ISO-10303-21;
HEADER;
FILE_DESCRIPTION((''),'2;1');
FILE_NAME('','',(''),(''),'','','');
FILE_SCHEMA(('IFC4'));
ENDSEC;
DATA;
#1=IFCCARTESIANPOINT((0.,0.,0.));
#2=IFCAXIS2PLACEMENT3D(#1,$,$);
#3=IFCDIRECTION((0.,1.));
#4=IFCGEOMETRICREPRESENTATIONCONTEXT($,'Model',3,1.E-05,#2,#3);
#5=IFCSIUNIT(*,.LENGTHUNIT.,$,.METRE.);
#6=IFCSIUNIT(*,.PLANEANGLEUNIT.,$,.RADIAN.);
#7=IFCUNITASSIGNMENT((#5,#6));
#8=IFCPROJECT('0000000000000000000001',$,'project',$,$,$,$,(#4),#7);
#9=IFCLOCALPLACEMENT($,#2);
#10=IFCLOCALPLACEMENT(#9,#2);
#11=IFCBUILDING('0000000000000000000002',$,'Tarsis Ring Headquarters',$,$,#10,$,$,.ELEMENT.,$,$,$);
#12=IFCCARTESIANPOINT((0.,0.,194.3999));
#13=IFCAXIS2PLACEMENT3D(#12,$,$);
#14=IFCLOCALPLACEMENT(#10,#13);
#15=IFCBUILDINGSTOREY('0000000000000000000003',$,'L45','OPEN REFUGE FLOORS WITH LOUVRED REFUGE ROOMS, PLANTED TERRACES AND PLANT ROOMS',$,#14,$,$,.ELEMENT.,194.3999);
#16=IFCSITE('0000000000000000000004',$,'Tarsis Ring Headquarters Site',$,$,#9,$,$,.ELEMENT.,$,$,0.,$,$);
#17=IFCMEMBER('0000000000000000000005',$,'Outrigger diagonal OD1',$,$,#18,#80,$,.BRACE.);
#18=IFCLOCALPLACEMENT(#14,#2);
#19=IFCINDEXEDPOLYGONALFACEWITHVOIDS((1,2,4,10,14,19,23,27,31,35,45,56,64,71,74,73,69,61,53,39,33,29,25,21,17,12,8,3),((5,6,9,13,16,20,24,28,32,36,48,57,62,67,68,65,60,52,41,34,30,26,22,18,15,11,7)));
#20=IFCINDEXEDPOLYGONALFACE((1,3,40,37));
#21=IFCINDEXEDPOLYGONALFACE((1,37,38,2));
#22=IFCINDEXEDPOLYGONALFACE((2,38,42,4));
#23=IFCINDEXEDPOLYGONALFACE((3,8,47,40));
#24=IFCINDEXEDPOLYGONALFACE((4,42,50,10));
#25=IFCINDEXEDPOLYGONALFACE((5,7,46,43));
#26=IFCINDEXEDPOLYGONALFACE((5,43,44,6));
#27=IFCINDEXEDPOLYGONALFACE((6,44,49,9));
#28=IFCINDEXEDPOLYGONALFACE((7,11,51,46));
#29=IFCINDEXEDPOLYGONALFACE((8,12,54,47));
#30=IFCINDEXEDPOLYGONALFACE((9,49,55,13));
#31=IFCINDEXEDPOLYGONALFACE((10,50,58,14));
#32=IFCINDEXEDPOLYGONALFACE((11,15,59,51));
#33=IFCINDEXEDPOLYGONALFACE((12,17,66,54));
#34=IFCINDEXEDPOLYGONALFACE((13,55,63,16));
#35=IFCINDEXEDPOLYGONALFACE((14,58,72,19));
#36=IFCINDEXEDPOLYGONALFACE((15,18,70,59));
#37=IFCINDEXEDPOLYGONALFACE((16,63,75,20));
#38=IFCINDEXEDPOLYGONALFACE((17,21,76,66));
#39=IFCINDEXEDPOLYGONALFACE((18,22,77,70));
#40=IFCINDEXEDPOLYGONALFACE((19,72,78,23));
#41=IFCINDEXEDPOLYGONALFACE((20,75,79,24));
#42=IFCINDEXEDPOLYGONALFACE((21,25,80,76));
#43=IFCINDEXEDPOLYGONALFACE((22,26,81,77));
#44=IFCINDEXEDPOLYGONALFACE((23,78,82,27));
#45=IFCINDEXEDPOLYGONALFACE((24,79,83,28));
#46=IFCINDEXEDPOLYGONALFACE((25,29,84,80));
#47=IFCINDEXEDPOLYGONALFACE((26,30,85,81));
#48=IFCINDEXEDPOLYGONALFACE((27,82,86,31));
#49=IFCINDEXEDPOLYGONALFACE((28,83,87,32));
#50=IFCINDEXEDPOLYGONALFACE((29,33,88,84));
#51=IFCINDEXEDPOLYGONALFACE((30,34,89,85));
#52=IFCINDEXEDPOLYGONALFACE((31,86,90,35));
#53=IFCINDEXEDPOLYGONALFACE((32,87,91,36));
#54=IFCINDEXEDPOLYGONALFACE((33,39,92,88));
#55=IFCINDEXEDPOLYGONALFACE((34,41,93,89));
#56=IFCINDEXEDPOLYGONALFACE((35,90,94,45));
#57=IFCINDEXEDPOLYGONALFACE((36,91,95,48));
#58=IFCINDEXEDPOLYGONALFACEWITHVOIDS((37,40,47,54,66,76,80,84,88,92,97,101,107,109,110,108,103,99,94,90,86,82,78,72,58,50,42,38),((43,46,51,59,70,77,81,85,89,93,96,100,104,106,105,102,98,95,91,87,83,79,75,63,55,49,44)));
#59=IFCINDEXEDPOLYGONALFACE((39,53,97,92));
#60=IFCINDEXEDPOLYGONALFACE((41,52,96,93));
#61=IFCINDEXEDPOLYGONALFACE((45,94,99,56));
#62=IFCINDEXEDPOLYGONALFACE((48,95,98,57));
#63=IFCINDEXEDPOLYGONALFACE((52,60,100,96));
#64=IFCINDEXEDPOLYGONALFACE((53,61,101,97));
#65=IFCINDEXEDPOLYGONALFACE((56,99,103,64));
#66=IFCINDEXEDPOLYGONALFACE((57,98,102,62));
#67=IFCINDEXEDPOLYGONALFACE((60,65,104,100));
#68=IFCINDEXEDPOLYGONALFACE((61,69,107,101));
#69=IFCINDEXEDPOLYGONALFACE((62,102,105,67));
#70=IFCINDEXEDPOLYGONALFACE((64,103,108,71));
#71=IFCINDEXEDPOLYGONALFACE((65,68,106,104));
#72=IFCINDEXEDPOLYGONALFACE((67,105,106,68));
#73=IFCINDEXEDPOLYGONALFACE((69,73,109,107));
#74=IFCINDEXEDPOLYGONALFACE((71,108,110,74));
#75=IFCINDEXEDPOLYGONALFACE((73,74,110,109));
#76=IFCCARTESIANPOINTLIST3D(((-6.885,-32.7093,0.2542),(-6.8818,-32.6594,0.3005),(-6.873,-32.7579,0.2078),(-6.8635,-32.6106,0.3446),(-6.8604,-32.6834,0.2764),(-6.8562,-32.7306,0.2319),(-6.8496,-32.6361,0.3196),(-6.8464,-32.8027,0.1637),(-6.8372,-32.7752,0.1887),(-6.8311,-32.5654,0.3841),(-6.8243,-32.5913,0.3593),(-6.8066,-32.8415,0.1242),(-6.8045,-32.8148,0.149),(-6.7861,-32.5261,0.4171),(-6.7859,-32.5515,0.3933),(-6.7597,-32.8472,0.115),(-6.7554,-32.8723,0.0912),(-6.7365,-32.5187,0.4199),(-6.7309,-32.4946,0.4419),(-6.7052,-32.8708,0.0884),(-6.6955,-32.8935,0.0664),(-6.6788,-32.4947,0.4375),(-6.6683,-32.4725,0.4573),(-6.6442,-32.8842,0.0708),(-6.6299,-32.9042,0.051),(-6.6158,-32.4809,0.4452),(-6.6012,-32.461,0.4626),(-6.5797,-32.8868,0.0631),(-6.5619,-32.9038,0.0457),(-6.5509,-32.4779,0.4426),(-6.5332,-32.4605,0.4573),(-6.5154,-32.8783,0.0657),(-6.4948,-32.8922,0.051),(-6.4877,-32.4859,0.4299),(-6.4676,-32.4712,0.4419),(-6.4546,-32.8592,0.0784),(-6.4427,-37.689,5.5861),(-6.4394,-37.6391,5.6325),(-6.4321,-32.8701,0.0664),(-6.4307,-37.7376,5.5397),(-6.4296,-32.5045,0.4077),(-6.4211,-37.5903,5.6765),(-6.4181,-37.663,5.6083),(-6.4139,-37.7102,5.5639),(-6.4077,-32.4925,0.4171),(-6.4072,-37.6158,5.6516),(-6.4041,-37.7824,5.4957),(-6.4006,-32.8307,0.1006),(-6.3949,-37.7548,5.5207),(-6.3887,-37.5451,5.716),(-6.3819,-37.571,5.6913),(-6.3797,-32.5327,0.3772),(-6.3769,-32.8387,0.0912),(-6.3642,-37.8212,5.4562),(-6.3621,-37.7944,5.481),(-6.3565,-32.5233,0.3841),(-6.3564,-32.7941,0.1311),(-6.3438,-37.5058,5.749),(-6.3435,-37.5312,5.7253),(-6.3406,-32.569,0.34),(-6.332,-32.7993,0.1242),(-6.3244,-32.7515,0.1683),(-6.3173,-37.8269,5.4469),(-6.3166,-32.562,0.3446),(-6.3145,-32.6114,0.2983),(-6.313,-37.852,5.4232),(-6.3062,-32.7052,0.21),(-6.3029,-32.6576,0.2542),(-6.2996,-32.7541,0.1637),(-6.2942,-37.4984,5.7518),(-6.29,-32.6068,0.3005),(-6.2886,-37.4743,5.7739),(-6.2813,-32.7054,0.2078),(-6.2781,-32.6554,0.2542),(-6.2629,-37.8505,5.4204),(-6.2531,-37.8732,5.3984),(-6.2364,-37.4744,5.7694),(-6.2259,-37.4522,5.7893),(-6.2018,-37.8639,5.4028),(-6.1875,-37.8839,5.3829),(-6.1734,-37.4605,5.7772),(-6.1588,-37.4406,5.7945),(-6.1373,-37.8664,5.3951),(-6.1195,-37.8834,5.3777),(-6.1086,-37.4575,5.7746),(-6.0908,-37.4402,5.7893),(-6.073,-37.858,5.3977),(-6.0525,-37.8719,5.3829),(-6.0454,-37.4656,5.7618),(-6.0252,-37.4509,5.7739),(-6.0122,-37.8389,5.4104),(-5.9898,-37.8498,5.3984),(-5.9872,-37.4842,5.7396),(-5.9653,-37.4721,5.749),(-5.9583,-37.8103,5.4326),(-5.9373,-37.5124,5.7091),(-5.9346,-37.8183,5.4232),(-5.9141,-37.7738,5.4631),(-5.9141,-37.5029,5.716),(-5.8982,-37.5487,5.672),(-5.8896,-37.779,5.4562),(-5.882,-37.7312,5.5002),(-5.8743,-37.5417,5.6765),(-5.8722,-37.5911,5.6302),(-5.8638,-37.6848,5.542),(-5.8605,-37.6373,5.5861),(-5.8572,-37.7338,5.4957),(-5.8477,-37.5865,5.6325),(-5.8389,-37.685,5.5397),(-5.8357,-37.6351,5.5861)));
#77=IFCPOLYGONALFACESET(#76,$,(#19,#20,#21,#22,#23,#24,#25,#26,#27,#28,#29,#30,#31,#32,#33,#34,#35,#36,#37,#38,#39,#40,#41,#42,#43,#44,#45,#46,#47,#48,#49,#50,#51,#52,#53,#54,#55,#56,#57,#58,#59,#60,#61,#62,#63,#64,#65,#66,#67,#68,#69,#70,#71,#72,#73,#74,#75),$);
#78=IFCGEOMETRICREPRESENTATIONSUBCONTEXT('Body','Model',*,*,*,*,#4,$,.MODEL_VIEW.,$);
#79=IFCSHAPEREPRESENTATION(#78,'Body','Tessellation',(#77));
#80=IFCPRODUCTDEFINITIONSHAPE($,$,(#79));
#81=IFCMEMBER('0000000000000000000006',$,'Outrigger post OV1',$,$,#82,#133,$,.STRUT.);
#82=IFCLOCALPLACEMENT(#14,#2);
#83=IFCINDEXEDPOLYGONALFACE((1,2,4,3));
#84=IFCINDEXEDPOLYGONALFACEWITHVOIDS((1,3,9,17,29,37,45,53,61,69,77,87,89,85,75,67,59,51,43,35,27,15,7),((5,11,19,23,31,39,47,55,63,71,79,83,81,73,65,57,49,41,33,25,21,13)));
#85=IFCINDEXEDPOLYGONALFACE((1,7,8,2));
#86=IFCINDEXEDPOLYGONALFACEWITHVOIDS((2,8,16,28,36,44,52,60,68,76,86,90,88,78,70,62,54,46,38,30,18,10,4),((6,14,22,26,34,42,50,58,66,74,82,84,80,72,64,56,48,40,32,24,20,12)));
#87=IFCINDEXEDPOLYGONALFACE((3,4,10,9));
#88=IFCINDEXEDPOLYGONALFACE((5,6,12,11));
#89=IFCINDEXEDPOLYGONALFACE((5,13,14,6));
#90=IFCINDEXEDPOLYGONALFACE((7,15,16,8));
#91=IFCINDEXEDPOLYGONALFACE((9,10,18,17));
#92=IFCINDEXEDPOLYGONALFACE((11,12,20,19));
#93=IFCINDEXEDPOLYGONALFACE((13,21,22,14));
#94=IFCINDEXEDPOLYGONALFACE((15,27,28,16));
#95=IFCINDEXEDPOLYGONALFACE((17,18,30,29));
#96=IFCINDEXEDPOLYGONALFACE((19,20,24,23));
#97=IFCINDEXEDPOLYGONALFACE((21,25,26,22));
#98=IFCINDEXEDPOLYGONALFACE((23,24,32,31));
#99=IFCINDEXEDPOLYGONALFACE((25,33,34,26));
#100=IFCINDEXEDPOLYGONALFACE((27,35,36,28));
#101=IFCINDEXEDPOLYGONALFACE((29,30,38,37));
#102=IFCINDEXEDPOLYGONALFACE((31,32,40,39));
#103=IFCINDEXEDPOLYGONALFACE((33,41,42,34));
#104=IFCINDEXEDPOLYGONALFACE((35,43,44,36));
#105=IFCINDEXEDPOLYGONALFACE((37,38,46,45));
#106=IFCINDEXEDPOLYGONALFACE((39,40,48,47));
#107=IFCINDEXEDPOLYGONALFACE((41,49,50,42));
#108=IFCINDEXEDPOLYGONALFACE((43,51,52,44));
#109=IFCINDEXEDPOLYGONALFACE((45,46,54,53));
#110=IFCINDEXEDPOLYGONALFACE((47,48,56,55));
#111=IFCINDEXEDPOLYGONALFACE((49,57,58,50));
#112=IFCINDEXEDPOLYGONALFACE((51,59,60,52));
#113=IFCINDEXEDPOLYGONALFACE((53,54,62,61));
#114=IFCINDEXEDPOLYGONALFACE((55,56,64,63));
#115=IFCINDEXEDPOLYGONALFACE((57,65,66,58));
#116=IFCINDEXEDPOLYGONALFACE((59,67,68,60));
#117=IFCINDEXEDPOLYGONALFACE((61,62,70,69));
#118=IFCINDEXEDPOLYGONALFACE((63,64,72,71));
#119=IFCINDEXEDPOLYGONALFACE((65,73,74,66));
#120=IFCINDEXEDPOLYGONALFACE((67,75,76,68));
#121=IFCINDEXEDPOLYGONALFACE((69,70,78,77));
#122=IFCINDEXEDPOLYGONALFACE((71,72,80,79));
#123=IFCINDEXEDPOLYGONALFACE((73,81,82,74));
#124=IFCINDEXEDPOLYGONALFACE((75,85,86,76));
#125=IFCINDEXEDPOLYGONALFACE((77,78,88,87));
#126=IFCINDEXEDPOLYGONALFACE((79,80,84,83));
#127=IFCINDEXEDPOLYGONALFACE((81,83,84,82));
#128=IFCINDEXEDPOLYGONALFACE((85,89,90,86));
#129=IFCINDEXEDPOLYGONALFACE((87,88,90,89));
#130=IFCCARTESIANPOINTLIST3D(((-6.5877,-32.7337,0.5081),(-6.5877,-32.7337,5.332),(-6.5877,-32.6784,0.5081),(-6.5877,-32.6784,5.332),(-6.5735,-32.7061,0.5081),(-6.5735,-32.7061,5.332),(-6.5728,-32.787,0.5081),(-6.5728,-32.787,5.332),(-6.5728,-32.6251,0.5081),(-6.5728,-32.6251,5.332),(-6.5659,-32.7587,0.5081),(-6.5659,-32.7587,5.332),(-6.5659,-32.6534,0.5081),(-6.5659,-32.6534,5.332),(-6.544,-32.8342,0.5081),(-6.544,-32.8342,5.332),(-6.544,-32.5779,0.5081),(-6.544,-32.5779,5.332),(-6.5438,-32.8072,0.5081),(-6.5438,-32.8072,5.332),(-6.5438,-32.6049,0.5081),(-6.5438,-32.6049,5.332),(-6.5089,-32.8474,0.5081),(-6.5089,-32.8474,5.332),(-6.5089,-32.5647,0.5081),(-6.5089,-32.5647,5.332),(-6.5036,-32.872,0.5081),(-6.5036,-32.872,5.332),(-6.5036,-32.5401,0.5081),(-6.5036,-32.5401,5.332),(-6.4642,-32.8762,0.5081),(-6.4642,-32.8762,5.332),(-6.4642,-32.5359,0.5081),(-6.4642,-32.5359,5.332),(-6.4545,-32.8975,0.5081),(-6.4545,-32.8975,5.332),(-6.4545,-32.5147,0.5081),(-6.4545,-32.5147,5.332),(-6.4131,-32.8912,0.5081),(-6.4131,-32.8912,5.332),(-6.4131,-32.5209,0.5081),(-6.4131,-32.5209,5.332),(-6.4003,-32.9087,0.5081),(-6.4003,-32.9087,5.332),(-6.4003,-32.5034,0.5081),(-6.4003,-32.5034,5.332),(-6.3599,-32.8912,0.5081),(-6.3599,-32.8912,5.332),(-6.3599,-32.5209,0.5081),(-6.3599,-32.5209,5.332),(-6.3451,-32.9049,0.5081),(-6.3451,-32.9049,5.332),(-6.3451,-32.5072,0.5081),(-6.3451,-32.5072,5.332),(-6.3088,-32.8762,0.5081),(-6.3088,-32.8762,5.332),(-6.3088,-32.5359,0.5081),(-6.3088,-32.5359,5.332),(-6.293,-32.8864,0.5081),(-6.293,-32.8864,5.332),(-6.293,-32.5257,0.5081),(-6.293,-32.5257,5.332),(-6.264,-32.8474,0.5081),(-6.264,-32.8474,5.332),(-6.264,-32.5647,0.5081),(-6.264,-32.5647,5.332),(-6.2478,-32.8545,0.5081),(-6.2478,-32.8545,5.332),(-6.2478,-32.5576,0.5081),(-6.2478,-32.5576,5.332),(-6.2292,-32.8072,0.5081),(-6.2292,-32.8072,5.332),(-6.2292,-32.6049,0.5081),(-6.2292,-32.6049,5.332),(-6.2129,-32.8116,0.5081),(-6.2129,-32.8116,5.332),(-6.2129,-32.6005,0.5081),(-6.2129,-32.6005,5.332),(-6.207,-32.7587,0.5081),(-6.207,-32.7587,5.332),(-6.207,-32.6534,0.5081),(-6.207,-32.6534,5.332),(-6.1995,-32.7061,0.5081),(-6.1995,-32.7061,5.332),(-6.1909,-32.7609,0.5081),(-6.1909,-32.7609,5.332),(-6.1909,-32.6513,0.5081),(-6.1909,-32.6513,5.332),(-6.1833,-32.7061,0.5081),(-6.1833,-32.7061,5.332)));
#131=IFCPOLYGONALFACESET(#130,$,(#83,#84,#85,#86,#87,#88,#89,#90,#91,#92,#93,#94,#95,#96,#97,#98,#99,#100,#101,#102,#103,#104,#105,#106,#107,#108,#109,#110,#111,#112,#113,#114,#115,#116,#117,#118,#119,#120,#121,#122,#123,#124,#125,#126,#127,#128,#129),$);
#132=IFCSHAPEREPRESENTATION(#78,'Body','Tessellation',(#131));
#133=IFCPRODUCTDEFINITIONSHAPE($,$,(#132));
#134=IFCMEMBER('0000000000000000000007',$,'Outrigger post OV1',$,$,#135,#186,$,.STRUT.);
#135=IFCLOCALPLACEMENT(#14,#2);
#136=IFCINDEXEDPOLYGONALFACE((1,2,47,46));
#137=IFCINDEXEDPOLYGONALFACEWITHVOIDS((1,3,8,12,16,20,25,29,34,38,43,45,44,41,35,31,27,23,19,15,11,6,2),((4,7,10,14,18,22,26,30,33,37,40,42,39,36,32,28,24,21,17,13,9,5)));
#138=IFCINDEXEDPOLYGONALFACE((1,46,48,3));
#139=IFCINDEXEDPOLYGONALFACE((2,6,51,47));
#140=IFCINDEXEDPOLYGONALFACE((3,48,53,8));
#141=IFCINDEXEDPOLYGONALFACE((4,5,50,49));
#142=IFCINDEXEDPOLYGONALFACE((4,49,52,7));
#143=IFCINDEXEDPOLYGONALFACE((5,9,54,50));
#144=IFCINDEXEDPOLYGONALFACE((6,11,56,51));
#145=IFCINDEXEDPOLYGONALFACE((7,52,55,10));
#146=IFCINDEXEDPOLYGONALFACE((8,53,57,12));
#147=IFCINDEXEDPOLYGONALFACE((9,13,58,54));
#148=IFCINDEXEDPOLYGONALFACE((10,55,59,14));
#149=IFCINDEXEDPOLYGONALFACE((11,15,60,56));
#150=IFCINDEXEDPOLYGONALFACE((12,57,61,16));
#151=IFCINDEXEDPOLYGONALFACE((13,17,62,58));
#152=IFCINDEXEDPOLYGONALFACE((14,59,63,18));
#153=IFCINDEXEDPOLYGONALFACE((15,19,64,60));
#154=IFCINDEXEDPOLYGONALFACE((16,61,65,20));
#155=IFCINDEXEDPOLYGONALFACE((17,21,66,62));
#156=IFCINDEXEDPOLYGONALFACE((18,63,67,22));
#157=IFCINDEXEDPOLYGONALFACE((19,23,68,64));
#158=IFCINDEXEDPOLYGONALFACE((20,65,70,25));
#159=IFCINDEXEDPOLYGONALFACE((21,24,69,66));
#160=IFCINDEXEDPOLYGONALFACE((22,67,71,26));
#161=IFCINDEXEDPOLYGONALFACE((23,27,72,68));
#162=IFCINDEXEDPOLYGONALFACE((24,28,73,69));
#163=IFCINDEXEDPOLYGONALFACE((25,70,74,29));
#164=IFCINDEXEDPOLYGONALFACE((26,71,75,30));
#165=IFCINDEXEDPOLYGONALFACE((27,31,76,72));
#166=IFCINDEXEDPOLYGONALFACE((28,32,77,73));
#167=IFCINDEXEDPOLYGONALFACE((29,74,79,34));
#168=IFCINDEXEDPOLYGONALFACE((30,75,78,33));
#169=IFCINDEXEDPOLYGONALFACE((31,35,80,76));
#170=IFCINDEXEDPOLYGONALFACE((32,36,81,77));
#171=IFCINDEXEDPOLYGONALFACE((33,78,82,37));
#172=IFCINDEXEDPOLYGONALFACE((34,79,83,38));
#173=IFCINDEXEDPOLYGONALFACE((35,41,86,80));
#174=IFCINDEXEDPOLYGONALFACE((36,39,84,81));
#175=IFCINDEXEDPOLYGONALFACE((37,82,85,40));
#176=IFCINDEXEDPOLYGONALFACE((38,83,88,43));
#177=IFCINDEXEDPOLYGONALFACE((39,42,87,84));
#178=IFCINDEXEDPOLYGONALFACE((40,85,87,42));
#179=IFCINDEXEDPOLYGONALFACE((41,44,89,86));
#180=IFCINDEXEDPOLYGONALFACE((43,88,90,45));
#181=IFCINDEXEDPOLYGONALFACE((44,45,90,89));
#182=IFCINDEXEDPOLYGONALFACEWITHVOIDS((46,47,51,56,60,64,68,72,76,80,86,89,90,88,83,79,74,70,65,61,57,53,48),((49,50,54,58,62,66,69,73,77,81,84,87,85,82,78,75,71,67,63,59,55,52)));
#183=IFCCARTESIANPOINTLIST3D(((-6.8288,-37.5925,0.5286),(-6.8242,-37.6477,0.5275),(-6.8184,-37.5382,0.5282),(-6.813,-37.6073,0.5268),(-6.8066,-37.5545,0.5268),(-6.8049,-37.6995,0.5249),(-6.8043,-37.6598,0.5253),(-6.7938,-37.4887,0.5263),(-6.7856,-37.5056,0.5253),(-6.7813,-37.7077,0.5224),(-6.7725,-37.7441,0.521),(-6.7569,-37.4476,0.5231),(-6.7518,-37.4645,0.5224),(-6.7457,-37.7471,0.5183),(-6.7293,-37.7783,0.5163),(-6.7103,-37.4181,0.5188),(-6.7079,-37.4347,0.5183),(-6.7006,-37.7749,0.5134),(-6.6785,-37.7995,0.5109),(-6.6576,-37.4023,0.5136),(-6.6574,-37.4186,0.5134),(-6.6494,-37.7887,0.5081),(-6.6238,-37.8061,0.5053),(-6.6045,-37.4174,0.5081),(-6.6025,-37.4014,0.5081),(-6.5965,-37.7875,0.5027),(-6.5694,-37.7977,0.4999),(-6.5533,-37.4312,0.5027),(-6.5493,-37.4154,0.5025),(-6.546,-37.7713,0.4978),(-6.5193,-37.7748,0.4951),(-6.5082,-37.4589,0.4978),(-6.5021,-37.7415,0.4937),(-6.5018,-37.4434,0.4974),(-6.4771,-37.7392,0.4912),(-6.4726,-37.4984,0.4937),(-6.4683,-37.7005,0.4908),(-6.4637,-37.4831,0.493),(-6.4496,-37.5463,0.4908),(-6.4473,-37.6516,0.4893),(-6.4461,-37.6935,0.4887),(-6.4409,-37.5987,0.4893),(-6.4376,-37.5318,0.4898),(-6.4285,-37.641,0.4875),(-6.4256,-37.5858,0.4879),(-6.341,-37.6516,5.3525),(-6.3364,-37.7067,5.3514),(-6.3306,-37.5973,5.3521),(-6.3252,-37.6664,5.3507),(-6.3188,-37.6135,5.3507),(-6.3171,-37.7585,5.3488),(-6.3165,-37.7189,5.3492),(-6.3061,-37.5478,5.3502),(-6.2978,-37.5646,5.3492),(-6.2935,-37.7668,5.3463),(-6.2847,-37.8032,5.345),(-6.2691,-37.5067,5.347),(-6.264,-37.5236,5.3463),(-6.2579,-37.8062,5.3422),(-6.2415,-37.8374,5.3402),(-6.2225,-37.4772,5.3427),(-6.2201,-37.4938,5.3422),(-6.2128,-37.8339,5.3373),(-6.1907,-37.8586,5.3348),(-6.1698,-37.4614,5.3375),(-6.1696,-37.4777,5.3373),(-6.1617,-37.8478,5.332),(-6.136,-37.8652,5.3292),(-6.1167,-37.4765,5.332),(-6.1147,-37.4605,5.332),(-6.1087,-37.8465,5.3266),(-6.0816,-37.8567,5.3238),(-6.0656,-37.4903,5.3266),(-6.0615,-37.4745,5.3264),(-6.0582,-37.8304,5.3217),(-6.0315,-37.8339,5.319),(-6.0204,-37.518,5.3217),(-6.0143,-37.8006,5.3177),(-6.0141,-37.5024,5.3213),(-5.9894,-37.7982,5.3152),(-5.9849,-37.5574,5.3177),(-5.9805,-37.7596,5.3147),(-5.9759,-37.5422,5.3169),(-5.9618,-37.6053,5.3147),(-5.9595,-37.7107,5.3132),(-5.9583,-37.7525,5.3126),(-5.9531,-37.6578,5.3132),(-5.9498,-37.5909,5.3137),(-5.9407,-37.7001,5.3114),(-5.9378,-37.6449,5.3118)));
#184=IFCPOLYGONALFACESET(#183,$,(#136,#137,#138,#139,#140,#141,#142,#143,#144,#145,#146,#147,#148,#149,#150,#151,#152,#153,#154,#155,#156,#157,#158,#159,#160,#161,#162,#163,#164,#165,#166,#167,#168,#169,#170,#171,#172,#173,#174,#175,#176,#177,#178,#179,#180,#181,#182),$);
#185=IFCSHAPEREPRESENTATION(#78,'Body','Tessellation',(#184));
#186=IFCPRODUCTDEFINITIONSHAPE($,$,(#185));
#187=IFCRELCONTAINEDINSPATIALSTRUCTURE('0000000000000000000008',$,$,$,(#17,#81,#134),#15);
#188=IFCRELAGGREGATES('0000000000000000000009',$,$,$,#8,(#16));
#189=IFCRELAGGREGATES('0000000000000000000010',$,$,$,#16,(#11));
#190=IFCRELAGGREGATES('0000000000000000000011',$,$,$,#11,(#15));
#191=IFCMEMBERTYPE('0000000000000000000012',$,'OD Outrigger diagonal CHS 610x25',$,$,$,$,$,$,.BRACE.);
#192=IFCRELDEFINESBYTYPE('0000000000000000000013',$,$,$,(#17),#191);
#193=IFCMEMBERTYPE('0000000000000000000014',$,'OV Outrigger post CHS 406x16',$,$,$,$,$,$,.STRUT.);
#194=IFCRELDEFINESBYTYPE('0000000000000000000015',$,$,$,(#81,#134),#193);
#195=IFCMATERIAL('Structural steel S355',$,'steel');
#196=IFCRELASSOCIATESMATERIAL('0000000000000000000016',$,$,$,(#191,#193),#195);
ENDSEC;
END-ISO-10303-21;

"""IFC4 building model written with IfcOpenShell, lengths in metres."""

from ifc_helpers import new_model, si_unit, direction, frame, origin, origin_2d, place, context, subcontext, project, spatial, hollow_circle, extrude, material, material_profile, profile_set, type_object, element, save


model = new_model("IFC4")

# Units and contexts
model_context = context("Model", 3, precision=1e-05, world=origin(), true_north=direction((0.0, 1.0)))
body_context = subcontext(model_context, "Body", "Model", "MODEL_VIEW")
ifc_project = project(units=[si_unit("LENGTHUNIT", "METRE"), si_unit("PLANEANGLEUNIT", "RADIAN")], contexts=[model_context])

# Site, building, storey
site_placement = place(None, origin())
site = spatial("IfcSite", under=ifc_project, at=site_placement, Name="Tarsis Ring Headquarters Site", CompositionType="ELEMENT", RefElevation=0.0)
building_placement = place(site_placement, origin())
building = spatial("IfcBuilding", under=site, at=building_placement, Name="Tarsis Ring Headquarters", CompositionType="ELEMENT")
storey_placement = place(building_placement, frame((0.0, 0.0, 194.3999)))
storey = spatial("IfcBuildingStorey", under=building, at=storey_placement, Name="L45", Description="OPEN REFUGE FLOORS WITH LOUVRED REFUGE ROOMS, PLANTED TERRACES AND PLANT ROOMS", CompositionType="ELEMENT", Elevation=194.3999)

# Shared definitions
ifc_material_1 = material(Name="Structural steel S355", Category="steel")

# Members
ifc_material_profile_1 = material_profile(ifc_material_1, hollow_circle(Radius=0.3047, WallThickness=0.0249, at=origin_2d()), Name="CHS 610x25")
ifc_profile_set_1 = profile_set([ifc_material_profile_1], Name="Structural steel S355")
member_type_1 = type_object("IfcMemberType", Name="OD Outrigger diagonal CHS 610x25", PredefinedType="BRACE", material=ifc_profile_set_1)
member_1_placement = place(storey_placement, frame((-6.5815, -32.6824, 0.2542), z_axis=(0.060524, -0.681299, 0.729498), x_axis=(0.996077, 0.088488, 0.0)))
element("IfcMember", 1, at=member_1_placement, inside=storey, type_object=member_type_1, Name="Outrigger diagonal OD1", PredefinedType="BRACE", context=body_context, shape_type="SweptSolid", body=[
    extrude(hollow_circle(Radius=0.3047, WallThickness=0.0249, at=origin_2d()), origin(), (0.0, 0.0, 1.0), 7.3091),
])
ifc_material_profile_2 = material_profile(ifc_material_1, hollow_circle(Radius=0.2031, WallThickness=0.0161, at=origin_2d()), Name="CHS 406x16")
ifc_profile_set_2 = profile_set([ifc_material_profile_2], Name="Structural steel S355")
member_type_2 = type_object("IfcMemberType", Name="OV Outrigger post CHS 406x16", PredefinedType="STRUT", material=ifc_profile_set_2)
member_2_placement = place(storey_placement, frame((-6.3865, -32.7061, 0.5081), z_axis=(0.0, 0.0, 1.0), x_axis=(1.0, 0.0, 0.0)))
element("IfcMember", 2, at=member_2_placement, inside=storey, type_object=member_type_2, Name="Outrigger post OV1", PredefinedType="STRUT", context=body_context, shape_type="SweptSolid", body=[
    extrude(hollow_circle(Radius=0.2031, WallThickness=0.0161, at=origin_2d()), origin(), (0.0, 0.0, 1.0), 4.824),
])
member_3_placement = place(storey_placement, frame((-6.627, -37.603, 0.5081), z_axis=(0.100598, -0.012185, 0.994853), x_axis=(0.120242, 0.992745, 0.0)))
element("IfcMember", 3, at=member_3_placement, inside=storey, type_object=member_type_2, Name="Outrigger post OV1", PredefinedType="STRUT", context=body_context, shape_type="SweptSolid", body=[
    extrude(hollow_circle(Radius=0.2031, WallThickness=0.0161, at=origin_2d()), origin(), (0.0, 0.0, 1.0), 4.8489),
])

save(model, "model.ifc")
